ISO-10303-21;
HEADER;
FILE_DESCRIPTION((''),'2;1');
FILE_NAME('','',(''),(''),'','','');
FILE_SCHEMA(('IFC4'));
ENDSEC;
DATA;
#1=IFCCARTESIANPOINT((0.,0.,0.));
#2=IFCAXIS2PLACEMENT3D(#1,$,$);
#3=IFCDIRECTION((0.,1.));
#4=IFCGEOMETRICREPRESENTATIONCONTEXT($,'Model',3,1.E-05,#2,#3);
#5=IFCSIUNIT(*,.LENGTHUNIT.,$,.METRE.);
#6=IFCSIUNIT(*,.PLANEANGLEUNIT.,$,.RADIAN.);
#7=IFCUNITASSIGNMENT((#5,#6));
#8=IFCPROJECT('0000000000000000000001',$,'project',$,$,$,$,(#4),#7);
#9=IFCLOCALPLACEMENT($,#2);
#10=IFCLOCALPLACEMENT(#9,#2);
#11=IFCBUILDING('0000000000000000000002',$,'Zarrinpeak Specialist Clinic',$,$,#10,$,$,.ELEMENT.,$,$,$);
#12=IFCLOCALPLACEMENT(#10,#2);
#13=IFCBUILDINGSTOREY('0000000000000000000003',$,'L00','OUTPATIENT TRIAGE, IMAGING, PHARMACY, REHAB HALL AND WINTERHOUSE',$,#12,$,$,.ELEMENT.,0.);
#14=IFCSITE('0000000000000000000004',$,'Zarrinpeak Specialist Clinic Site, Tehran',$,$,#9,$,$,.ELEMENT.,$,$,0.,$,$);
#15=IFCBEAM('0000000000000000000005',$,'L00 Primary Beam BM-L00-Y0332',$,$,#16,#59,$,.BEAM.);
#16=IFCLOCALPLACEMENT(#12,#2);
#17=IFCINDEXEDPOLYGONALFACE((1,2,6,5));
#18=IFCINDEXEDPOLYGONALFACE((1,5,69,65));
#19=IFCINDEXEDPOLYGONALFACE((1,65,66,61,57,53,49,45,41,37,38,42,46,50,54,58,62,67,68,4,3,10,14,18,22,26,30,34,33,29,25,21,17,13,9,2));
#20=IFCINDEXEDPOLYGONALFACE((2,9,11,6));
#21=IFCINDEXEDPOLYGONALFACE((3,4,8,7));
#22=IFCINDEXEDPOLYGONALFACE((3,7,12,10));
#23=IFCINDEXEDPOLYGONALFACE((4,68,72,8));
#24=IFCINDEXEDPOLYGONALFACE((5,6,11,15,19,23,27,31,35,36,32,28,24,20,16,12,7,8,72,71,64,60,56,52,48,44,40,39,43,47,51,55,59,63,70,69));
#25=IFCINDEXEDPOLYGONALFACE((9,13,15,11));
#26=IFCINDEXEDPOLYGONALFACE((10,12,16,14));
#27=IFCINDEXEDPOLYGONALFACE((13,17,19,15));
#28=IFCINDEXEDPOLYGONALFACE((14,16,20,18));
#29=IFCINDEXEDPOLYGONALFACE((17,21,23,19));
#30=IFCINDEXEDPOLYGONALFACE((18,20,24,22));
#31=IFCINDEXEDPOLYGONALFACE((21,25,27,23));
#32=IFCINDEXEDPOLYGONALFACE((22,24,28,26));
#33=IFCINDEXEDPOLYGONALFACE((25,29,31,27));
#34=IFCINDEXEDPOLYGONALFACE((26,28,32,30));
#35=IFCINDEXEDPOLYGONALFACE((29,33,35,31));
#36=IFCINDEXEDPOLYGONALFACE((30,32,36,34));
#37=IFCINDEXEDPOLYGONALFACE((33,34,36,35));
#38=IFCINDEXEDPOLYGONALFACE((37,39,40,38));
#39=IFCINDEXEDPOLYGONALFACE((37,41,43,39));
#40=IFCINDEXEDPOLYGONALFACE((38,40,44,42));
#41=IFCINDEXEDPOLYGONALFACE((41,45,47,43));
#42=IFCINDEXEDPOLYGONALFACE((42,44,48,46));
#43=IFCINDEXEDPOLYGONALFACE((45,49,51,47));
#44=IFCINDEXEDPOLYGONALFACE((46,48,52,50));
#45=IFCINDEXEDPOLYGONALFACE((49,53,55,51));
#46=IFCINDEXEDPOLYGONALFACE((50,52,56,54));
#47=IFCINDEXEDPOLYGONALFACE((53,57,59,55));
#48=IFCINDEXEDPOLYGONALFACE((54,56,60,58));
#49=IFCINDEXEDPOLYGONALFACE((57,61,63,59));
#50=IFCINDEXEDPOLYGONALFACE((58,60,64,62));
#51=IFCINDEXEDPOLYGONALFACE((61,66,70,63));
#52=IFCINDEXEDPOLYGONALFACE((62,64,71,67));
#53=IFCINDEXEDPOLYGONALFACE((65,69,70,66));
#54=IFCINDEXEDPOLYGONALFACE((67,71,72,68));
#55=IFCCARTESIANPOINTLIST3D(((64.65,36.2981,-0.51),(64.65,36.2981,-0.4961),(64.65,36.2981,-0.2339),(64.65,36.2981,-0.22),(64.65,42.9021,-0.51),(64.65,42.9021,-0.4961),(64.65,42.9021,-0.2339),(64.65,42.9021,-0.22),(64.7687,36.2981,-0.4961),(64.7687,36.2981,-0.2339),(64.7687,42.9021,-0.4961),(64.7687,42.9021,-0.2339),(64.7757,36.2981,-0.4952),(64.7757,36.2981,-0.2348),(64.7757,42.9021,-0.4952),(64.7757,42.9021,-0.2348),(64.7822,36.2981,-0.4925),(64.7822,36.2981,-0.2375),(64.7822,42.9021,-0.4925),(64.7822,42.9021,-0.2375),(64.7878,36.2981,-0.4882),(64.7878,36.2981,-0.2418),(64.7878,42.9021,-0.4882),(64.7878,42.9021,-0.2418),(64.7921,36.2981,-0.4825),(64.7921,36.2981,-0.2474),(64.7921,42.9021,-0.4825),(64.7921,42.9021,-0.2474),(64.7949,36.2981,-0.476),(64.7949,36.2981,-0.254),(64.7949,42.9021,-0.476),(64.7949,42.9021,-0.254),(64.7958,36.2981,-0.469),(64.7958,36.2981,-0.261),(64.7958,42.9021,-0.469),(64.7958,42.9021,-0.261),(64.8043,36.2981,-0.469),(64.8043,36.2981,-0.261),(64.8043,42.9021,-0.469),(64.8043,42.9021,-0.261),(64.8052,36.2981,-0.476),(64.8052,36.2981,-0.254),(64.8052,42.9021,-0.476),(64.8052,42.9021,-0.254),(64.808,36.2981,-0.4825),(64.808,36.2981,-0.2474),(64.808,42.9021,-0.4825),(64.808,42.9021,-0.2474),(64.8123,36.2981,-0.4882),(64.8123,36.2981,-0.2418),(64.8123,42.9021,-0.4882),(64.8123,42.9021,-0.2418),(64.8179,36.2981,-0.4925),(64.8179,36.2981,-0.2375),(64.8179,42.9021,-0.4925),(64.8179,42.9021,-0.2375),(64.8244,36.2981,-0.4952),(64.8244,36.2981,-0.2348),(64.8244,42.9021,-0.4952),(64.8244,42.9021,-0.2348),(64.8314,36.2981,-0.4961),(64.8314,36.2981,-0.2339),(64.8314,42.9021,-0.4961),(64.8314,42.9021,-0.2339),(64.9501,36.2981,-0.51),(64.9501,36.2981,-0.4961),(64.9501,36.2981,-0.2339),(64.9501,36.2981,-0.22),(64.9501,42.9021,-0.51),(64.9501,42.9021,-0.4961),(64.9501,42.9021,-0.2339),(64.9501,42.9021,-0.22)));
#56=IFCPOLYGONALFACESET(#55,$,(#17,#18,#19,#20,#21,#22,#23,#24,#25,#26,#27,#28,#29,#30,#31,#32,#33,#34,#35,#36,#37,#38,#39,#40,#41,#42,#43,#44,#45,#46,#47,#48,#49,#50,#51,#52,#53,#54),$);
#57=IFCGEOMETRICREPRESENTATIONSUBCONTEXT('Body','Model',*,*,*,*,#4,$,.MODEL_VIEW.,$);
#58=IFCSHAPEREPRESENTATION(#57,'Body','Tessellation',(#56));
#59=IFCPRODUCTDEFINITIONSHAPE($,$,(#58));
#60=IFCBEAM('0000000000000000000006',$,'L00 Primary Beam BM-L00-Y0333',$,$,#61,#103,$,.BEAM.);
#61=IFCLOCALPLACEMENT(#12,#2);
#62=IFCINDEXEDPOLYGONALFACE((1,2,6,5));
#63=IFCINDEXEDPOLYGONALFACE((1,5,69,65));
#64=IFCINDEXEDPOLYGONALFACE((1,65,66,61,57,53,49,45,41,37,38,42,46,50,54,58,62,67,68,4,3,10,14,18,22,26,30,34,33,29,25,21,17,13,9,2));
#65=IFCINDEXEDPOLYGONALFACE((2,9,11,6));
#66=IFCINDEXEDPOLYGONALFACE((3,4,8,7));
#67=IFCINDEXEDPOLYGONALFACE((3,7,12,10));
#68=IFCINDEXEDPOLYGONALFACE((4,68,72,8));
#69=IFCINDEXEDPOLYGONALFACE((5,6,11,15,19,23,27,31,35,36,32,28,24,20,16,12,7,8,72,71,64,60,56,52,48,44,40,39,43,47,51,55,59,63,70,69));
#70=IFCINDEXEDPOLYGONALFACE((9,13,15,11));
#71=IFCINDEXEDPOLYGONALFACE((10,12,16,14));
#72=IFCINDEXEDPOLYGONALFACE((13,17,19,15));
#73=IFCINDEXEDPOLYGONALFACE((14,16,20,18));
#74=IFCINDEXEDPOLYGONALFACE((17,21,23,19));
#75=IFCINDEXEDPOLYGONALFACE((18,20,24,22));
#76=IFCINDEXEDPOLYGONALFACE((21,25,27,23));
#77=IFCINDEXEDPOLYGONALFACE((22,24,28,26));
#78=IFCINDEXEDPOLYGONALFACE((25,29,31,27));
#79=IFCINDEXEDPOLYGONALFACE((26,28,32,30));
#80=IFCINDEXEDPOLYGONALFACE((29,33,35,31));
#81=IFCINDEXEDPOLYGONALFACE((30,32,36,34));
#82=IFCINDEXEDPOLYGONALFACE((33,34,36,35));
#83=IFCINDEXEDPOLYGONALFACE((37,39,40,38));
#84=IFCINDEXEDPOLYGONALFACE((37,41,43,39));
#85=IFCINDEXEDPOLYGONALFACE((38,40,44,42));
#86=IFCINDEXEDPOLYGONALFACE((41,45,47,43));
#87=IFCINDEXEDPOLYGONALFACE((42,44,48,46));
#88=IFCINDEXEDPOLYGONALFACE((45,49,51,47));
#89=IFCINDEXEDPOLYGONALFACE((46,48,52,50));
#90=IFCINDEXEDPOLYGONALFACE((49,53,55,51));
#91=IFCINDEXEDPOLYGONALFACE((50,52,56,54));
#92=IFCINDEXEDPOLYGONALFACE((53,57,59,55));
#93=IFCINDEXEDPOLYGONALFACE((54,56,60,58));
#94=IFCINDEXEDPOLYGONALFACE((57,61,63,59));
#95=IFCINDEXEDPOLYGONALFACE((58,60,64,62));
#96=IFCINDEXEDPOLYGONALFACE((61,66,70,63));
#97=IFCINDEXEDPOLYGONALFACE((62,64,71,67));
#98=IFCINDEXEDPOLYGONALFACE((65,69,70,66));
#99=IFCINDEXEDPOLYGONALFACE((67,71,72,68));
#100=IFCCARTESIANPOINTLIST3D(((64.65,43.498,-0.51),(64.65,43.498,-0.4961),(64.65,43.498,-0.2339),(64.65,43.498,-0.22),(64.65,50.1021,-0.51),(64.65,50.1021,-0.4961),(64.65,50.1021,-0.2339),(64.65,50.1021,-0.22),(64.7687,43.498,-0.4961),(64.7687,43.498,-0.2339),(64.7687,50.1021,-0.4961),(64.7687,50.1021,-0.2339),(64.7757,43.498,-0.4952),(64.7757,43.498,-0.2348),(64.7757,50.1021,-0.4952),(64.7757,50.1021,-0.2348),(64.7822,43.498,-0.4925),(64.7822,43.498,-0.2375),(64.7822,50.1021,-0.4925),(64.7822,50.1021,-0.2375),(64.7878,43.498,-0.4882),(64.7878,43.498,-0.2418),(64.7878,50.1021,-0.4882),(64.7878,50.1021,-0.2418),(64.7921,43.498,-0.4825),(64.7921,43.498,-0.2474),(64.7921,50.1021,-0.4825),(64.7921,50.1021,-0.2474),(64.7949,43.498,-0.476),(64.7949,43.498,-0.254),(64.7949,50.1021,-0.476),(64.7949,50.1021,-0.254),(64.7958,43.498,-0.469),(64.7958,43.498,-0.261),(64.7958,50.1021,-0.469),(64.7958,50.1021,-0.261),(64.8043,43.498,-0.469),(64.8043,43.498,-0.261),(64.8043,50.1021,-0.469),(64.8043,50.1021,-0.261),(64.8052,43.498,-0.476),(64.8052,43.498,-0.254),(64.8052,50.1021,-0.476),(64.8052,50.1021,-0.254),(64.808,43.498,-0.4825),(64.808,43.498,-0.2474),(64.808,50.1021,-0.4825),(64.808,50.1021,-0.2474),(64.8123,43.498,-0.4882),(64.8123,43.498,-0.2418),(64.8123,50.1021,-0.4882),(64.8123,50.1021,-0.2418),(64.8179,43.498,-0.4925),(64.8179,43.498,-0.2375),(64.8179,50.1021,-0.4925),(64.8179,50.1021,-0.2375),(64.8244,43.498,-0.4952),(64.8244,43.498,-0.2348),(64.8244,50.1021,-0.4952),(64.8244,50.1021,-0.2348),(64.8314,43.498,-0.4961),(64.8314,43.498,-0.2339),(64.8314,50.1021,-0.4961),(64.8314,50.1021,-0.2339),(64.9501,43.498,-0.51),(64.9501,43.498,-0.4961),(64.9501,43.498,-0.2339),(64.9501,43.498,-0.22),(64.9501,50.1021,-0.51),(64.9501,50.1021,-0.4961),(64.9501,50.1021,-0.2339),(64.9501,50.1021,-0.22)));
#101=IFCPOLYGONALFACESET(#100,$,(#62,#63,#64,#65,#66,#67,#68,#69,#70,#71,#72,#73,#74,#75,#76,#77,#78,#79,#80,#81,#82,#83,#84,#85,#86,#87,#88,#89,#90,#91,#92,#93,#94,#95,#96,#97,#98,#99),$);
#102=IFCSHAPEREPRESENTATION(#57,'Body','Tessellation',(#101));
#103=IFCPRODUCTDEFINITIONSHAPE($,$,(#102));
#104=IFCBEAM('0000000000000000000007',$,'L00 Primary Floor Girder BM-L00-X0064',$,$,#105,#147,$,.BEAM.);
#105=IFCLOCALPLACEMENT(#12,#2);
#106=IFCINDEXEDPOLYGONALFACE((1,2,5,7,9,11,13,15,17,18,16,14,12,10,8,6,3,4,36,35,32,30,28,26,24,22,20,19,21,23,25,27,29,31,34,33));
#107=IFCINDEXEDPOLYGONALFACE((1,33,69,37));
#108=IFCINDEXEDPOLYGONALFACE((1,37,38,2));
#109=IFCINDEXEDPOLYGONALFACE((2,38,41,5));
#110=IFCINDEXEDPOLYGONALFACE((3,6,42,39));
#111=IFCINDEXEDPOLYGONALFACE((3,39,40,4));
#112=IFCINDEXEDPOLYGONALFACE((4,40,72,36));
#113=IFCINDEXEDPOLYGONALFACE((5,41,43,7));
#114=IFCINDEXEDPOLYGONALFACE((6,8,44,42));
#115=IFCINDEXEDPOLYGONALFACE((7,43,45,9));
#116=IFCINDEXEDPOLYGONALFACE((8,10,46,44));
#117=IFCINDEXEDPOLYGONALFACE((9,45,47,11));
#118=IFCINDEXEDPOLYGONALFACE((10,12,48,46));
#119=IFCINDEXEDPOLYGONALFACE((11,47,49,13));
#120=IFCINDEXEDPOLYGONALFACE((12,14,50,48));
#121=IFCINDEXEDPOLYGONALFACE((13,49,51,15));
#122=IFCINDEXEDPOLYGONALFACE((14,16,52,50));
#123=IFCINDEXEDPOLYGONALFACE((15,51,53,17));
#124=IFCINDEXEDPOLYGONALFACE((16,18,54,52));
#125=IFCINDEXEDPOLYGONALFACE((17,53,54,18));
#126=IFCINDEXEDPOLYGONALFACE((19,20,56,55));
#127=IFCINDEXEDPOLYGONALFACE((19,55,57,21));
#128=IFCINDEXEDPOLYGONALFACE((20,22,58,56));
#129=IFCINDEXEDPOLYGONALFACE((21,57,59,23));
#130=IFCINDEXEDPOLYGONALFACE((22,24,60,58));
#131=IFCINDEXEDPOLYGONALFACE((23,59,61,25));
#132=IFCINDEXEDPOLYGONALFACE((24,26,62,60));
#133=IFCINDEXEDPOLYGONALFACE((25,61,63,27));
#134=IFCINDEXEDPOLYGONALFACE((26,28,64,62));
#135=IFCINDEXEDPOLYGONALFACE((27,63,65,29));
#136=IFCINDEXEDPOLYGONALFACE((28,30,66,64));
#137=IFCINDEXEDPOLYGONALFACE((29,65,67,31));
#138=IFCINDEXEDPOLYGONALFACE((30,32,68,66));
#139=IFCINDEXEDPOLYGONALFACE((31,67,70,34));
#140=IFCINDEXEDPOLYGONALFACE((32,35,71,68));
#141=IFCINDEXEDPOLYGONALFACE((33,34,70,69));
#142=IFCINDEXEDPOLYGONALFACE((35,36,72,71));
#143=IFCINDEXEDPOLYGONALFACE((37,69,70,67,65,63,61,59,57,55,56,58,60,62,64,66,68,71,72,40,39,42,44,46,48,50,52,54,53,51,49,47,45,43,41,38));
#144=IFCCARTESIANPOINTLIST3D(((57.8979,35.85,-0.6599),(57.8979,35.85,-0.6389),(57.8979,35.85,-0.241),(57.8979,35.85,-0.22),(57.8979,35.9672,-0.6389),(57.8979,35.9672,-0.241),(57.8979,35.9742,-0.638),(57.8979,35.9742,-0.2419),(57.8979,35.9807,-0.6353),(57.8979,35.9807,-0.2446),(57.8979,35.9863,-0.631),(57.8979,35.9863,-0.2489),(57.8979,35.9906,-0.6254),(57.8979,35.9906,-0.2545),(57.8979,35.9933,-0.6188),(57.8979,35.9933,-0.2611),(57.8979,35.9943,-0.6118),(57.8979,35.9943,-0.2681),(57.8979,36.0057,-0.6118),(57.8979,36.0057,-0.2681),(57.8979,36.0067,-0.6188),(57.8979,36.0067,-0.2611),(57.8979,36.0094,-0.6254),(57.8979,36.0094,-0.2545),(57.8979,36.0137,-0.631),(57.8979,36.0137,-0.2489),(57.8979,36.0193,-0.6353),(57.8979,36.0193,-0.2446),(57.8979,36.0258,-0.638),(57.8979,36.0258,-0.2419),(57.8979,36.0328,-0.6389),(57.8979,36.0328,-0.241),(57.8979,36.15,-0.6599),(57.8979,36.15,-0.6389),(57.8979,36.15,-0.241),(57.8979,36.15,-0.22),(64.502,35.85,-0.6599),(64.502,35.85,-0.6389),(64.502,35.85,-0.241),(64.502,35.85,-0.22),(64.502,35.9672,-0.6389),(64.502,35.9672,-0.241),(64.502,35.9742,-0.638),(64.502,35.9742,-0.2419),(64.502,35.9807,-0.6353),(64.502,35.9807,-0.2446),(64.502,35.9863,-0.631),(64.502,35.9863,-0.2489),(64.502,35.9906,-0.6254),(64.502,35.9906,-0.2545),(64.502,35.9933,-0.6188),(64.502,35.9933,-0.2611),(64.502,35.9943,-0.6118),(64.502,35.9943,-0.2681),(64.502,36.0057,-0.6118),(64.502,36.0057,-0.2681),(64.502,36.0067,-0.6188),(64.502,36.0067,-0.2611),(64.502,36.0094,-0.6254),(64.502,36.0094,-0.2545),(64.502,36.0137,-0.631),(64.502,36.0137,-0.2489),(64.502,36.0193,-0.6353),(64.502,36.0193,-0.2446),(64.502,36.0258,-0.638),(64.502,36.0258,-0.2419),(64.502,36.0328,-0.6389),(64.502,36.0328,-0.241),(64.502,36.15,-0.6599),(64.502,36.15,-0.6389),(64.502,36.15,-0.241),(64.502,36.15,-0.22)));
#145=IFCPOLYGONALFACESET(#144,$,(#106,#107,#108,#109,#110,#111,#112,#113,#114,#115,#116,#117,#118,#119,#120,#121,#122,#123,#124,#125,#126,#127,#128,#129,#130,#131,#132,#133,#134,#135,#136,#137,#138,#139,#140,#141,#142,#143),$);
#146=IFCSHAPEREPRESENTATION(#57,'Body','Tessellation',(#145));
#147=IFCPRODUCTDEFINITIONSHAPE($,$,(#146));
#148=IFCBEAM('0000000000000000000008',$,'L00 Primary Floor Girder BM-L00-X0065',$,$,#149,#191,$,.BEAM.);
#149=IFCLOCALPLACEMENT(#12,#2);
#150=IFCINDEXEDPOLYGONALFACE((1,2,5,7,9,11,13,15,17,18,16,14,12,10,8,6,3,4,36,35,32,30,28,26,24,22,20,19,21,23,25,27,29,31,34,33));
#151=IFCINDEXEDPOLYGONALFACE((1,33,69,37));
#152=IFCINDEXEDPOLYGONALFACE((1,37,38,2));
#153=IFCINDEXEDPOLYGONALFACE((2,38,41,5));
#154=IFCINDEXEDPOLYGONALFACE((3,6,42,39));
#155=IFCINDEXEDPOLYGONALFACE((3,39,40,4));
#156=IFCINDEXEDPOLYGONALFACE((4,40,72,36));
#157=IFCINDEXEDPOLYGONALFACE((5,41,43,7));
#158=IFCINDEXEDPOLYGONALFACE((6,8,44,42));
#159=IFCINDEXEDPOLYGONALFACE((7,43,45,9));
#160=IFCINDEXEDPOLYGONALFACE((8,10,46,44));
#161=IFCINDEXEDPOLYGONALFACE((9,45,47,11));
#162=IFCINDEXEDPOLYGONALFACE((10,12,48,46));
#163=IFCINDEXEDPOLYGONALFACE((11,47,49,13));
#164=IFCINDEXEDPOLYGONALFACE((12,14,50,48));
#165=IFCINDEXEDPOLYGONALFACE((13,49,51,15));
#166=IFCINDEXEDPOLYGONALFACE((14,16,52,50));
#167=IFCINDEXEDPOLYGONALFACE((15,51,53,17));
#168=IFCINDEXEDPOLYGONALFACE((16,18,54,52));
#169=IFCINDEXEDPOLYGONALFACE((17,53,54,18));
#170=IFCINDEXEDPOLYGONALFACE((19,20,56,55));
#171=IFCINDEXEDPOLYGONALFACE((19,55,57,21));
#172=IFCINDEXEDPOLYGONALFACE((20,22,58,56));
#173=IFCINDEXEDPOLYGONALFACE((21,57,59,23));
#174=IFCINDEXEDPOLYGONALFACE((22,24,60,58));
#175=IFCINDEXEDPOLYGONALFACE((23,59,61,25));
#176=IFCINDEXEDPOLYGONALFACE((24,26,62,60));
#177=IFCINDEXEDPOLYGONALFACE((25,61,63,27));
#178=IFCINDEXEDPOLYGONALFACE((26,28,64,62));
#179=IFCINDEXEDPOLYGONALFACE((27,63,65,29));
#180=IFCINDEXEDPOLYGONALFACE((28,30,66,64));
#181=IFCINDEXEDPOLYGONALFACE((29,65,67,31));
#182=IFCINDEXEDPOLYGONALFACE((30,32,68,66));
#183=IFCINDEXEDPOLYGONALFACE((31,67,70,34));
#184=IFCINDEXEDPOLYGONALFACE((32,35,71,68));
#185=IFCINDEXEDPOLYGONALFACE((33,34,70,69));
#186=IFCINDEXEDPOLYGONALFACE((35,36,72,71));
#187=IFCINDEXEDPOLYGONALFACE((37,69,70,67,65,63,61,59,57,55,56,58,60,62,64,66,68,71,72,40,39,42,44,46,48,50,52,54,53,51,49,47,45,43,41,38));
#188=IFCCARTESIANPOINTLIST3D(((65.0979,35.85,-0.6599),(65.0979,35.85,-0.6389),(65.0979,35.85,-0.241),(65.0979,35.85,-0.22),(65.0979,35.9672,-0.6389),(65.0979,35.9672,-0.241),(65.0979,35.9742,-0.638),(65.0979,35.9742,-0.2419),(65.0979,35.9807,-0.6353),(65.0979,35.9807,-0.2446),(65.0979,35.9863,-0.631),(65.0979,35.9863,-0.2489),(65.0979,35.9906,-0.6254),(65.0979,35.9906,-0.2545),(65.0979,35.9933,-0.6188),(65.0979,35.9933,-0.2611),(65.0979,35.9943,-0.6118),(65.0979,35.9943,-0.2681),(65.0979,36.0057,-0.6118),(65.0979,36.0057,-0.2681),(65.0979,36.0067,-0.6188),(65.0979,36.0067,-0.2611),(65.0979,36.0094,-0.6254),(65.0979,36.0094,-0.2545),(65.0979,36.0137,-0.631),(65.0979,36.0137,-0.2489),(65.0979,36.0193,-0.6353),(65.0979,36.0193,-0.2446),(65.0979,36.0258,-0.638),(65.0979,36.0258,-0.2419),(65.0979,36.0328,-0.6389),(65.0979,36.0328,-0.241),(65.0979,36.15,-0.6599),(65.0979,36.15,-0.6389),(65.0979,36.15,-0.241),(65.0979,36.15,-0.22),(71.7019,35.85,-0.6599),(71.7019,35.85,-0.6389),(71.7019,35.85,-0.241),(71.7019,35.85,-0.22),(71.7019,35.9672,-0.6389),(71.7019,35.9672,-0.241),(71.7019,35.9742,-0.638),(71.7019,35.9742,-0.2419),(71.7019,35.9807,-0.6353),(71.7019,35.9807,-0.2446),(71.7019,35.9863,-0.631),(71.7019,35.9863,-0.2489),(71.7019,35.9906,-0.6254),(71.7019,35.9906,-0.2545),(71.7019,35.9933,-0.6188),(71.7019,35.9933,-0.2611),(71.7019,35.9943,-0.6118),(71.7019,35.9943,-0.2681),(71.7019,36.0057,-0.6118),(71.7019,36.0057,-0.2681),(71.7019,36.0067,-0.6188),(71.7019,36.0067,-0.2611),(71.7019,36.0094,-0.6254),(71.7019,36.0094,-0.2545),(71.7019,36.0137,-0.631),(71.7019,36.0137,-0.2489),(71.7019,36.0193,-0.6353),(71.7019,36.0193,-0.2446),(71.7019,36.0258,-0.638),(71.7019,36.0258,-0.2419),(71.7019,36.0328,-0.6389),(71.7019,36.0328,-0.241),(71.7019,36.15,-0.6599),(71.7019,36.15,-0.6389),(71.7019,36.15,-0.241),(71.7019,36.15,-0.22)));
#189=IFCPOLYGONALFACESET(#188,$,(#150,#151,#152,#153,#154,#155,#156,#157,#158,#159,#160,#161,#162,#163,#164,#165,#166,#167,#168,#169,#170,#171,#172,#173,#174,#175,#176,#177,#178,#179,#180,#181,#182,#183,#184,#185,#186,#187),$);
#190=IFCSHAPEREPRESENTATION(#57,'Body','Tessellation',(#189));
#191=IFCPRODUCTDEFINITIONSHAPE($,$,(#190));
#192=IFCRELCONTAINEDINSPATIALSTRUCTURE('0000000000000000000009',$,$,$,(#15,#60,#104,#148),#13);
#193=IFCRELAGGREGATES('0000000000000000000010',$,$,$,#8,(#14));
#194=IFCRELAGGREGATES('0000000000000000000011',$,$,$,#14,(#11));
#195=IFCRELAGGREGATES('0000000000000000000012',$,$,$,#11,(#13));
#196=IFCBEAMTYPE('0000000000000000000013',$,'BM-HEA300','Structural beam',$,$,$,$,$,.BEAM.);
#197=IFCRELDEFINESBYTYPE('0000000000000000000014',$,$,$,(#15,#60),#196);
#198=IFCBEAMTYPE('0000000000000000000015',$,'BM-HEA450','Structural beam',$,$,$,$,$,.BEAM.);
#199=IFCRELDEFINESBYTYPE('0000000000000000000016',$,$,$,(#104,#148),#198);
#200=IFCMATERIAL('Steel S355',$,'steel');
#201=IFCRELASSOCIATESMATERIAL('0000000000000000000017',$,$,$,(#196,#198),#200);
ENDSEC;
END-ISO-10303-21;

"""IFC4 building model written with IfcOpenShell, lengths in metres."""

from ifc_helpers import new_model, si_unit, direction, frame, origin, origin_2d, place, context, subcontext, project, spatial, i_section, extrude, material, material_profile, profile_set, type_object, element, save


model = new_model("IFC4")

# Units and contexts
model_context = context("Model", 3, precision=1e-05, world=origin(), true_north=direction((0.0, 1.0)))
body_context = subcontext(model_context, "Body", "Model", "MODEL_VIEW")
ifc_project = project(units=[si_unit("LENGTHUNIT", "METRE"), si_unit("PLANEANGLEUNIT", "RADIAN")], contexts=[model_context])

# Site, building, storey
site_placement = place(None, origin())
site = spatial("IfcSite", under=ifc_project, at=site_placement, Name="Zarrinpeak Specialist Clinic Site, Tehran", CompositionType="ELEMENT", RefElevation=0.0)
building_placement = place(site_placement, origin())
building = spatial("IfcBuilding", under=site, at=building_placement, Name="Zarrinpeak Specialist Clinic", CompositionType="ELEMENT")
storey_placement = place(building_placement, origin())
storey = spatial("IfcBuildingStorey", under=building, at=storey_placement, Name="L00", Description="OUTPATIENT TRIAGE, IMAGING, PHARMACY, REHAB HALL AND WINTERHOUSE", CompositionType="ELEMENT", Elevation=0.0)

# Beams
ifc_material_1 = material(Name="Steel S355", Category="steel")
ifc_material_profile_1 = material_profile(ifc_material_1, i_section(OverallWidth=0.3, OverallDepth=0.29, WebThickness=0.0085, FlangeThickness=0.0139, FilletRadius=0.0271, at=origin_2d()), Name="HEA 300")
ifc_profile_set_1 = profile_set([ifc_material_profile_1], Name="Steel S355")
beam_type_1 = type_object("IfcBeamType", Name="BM-HEA300", Description="Structural beam", PredefinedType="BEAM", material=ifc_profile_set_1)
for number, where, z_axis, x_axis, name in (
    (1, (64.8, 36.2981, -0.365), (0.0, 1.0, 0.0), (-1.0, 0.0, 0.0), "L00 Primary Beam BM-L00-Y0332"),
    (2, (64.8, 43.498, -0.365), (0.0, 1.0, 0.0), (-1.0, 0.0, 0.0), "L00 Primary Beam BM-L00-Y0333"),
):
    element("IfcBeam", number, at=place(storey_placement, frame(where, z_axis=z_axis, x_axis=x_axis)), inside=storey, type_object=beam_type_1, Name=name, PredefinedType="BEAM", context=body_context, shape_type="SweptSolid", body=[
        extrude(i_section(OverallWidth=0.3, OverallDepth=0.29, WebThickness=0.0085, FlangeThickness=0.0139, FilletRadius=0.0271, at=origin_2d()), origin(), (0.0, 0.0, 1.0), 6.604),
    ])
ifc_material_profile_2 = material_profile(ifc_material_1, i_section(OverallWidth=0.3, OverallDepth=0.4399, WebThickness=0.0115, FlangeThickness=0.021, FilletRadius=0.0271, at=origin_2d()), Name="HEA 450")
ifc_profile_set_2 = profile_set([ifc_material_profile_2], Name="Steel S355")
beam_type_2 = type_object("IfcBeamType", Name="BM-HEA450", Description="Structural beam", PredefinedType="BEAM", material=ifc_profile_set_2)
for number, where, z_axis, x_axis, name in (
    (3, (57.8979, 36.0, -0.4399), (1.0, 0.0, 0.0), (0.0, 1.0, 0.0), "L00 Primary Floor Girder BM-L00-X0064"),
    (4, (65.0979, 36.0, -0.4399), (1.0, 0.0, 0.0), (0.0, 1.0, 0.0), "L00 Primary Floor Girder BM-L00-X0065"),
):
    element("IfcBeam", number, at=place(storey_placement, frame(where, z_axis=z_axis, x_axis=x_axis)), inside=storey, type_object=beam_type_2, Name=name, PredefinedType="BEAM", context=body_context, shape_type="SweptSolid", body=[
        extrude(i_section(OverallWidth=0.3, OverallDepth=0.4399, WebThickness=0.0115, FlangeThickness=0.021, FilletRadius=0.0271, at=origin_2d()), origin(), (0.0, 0.0, 1.0), 6.604),
    ])

save(model, "model.ifc")
